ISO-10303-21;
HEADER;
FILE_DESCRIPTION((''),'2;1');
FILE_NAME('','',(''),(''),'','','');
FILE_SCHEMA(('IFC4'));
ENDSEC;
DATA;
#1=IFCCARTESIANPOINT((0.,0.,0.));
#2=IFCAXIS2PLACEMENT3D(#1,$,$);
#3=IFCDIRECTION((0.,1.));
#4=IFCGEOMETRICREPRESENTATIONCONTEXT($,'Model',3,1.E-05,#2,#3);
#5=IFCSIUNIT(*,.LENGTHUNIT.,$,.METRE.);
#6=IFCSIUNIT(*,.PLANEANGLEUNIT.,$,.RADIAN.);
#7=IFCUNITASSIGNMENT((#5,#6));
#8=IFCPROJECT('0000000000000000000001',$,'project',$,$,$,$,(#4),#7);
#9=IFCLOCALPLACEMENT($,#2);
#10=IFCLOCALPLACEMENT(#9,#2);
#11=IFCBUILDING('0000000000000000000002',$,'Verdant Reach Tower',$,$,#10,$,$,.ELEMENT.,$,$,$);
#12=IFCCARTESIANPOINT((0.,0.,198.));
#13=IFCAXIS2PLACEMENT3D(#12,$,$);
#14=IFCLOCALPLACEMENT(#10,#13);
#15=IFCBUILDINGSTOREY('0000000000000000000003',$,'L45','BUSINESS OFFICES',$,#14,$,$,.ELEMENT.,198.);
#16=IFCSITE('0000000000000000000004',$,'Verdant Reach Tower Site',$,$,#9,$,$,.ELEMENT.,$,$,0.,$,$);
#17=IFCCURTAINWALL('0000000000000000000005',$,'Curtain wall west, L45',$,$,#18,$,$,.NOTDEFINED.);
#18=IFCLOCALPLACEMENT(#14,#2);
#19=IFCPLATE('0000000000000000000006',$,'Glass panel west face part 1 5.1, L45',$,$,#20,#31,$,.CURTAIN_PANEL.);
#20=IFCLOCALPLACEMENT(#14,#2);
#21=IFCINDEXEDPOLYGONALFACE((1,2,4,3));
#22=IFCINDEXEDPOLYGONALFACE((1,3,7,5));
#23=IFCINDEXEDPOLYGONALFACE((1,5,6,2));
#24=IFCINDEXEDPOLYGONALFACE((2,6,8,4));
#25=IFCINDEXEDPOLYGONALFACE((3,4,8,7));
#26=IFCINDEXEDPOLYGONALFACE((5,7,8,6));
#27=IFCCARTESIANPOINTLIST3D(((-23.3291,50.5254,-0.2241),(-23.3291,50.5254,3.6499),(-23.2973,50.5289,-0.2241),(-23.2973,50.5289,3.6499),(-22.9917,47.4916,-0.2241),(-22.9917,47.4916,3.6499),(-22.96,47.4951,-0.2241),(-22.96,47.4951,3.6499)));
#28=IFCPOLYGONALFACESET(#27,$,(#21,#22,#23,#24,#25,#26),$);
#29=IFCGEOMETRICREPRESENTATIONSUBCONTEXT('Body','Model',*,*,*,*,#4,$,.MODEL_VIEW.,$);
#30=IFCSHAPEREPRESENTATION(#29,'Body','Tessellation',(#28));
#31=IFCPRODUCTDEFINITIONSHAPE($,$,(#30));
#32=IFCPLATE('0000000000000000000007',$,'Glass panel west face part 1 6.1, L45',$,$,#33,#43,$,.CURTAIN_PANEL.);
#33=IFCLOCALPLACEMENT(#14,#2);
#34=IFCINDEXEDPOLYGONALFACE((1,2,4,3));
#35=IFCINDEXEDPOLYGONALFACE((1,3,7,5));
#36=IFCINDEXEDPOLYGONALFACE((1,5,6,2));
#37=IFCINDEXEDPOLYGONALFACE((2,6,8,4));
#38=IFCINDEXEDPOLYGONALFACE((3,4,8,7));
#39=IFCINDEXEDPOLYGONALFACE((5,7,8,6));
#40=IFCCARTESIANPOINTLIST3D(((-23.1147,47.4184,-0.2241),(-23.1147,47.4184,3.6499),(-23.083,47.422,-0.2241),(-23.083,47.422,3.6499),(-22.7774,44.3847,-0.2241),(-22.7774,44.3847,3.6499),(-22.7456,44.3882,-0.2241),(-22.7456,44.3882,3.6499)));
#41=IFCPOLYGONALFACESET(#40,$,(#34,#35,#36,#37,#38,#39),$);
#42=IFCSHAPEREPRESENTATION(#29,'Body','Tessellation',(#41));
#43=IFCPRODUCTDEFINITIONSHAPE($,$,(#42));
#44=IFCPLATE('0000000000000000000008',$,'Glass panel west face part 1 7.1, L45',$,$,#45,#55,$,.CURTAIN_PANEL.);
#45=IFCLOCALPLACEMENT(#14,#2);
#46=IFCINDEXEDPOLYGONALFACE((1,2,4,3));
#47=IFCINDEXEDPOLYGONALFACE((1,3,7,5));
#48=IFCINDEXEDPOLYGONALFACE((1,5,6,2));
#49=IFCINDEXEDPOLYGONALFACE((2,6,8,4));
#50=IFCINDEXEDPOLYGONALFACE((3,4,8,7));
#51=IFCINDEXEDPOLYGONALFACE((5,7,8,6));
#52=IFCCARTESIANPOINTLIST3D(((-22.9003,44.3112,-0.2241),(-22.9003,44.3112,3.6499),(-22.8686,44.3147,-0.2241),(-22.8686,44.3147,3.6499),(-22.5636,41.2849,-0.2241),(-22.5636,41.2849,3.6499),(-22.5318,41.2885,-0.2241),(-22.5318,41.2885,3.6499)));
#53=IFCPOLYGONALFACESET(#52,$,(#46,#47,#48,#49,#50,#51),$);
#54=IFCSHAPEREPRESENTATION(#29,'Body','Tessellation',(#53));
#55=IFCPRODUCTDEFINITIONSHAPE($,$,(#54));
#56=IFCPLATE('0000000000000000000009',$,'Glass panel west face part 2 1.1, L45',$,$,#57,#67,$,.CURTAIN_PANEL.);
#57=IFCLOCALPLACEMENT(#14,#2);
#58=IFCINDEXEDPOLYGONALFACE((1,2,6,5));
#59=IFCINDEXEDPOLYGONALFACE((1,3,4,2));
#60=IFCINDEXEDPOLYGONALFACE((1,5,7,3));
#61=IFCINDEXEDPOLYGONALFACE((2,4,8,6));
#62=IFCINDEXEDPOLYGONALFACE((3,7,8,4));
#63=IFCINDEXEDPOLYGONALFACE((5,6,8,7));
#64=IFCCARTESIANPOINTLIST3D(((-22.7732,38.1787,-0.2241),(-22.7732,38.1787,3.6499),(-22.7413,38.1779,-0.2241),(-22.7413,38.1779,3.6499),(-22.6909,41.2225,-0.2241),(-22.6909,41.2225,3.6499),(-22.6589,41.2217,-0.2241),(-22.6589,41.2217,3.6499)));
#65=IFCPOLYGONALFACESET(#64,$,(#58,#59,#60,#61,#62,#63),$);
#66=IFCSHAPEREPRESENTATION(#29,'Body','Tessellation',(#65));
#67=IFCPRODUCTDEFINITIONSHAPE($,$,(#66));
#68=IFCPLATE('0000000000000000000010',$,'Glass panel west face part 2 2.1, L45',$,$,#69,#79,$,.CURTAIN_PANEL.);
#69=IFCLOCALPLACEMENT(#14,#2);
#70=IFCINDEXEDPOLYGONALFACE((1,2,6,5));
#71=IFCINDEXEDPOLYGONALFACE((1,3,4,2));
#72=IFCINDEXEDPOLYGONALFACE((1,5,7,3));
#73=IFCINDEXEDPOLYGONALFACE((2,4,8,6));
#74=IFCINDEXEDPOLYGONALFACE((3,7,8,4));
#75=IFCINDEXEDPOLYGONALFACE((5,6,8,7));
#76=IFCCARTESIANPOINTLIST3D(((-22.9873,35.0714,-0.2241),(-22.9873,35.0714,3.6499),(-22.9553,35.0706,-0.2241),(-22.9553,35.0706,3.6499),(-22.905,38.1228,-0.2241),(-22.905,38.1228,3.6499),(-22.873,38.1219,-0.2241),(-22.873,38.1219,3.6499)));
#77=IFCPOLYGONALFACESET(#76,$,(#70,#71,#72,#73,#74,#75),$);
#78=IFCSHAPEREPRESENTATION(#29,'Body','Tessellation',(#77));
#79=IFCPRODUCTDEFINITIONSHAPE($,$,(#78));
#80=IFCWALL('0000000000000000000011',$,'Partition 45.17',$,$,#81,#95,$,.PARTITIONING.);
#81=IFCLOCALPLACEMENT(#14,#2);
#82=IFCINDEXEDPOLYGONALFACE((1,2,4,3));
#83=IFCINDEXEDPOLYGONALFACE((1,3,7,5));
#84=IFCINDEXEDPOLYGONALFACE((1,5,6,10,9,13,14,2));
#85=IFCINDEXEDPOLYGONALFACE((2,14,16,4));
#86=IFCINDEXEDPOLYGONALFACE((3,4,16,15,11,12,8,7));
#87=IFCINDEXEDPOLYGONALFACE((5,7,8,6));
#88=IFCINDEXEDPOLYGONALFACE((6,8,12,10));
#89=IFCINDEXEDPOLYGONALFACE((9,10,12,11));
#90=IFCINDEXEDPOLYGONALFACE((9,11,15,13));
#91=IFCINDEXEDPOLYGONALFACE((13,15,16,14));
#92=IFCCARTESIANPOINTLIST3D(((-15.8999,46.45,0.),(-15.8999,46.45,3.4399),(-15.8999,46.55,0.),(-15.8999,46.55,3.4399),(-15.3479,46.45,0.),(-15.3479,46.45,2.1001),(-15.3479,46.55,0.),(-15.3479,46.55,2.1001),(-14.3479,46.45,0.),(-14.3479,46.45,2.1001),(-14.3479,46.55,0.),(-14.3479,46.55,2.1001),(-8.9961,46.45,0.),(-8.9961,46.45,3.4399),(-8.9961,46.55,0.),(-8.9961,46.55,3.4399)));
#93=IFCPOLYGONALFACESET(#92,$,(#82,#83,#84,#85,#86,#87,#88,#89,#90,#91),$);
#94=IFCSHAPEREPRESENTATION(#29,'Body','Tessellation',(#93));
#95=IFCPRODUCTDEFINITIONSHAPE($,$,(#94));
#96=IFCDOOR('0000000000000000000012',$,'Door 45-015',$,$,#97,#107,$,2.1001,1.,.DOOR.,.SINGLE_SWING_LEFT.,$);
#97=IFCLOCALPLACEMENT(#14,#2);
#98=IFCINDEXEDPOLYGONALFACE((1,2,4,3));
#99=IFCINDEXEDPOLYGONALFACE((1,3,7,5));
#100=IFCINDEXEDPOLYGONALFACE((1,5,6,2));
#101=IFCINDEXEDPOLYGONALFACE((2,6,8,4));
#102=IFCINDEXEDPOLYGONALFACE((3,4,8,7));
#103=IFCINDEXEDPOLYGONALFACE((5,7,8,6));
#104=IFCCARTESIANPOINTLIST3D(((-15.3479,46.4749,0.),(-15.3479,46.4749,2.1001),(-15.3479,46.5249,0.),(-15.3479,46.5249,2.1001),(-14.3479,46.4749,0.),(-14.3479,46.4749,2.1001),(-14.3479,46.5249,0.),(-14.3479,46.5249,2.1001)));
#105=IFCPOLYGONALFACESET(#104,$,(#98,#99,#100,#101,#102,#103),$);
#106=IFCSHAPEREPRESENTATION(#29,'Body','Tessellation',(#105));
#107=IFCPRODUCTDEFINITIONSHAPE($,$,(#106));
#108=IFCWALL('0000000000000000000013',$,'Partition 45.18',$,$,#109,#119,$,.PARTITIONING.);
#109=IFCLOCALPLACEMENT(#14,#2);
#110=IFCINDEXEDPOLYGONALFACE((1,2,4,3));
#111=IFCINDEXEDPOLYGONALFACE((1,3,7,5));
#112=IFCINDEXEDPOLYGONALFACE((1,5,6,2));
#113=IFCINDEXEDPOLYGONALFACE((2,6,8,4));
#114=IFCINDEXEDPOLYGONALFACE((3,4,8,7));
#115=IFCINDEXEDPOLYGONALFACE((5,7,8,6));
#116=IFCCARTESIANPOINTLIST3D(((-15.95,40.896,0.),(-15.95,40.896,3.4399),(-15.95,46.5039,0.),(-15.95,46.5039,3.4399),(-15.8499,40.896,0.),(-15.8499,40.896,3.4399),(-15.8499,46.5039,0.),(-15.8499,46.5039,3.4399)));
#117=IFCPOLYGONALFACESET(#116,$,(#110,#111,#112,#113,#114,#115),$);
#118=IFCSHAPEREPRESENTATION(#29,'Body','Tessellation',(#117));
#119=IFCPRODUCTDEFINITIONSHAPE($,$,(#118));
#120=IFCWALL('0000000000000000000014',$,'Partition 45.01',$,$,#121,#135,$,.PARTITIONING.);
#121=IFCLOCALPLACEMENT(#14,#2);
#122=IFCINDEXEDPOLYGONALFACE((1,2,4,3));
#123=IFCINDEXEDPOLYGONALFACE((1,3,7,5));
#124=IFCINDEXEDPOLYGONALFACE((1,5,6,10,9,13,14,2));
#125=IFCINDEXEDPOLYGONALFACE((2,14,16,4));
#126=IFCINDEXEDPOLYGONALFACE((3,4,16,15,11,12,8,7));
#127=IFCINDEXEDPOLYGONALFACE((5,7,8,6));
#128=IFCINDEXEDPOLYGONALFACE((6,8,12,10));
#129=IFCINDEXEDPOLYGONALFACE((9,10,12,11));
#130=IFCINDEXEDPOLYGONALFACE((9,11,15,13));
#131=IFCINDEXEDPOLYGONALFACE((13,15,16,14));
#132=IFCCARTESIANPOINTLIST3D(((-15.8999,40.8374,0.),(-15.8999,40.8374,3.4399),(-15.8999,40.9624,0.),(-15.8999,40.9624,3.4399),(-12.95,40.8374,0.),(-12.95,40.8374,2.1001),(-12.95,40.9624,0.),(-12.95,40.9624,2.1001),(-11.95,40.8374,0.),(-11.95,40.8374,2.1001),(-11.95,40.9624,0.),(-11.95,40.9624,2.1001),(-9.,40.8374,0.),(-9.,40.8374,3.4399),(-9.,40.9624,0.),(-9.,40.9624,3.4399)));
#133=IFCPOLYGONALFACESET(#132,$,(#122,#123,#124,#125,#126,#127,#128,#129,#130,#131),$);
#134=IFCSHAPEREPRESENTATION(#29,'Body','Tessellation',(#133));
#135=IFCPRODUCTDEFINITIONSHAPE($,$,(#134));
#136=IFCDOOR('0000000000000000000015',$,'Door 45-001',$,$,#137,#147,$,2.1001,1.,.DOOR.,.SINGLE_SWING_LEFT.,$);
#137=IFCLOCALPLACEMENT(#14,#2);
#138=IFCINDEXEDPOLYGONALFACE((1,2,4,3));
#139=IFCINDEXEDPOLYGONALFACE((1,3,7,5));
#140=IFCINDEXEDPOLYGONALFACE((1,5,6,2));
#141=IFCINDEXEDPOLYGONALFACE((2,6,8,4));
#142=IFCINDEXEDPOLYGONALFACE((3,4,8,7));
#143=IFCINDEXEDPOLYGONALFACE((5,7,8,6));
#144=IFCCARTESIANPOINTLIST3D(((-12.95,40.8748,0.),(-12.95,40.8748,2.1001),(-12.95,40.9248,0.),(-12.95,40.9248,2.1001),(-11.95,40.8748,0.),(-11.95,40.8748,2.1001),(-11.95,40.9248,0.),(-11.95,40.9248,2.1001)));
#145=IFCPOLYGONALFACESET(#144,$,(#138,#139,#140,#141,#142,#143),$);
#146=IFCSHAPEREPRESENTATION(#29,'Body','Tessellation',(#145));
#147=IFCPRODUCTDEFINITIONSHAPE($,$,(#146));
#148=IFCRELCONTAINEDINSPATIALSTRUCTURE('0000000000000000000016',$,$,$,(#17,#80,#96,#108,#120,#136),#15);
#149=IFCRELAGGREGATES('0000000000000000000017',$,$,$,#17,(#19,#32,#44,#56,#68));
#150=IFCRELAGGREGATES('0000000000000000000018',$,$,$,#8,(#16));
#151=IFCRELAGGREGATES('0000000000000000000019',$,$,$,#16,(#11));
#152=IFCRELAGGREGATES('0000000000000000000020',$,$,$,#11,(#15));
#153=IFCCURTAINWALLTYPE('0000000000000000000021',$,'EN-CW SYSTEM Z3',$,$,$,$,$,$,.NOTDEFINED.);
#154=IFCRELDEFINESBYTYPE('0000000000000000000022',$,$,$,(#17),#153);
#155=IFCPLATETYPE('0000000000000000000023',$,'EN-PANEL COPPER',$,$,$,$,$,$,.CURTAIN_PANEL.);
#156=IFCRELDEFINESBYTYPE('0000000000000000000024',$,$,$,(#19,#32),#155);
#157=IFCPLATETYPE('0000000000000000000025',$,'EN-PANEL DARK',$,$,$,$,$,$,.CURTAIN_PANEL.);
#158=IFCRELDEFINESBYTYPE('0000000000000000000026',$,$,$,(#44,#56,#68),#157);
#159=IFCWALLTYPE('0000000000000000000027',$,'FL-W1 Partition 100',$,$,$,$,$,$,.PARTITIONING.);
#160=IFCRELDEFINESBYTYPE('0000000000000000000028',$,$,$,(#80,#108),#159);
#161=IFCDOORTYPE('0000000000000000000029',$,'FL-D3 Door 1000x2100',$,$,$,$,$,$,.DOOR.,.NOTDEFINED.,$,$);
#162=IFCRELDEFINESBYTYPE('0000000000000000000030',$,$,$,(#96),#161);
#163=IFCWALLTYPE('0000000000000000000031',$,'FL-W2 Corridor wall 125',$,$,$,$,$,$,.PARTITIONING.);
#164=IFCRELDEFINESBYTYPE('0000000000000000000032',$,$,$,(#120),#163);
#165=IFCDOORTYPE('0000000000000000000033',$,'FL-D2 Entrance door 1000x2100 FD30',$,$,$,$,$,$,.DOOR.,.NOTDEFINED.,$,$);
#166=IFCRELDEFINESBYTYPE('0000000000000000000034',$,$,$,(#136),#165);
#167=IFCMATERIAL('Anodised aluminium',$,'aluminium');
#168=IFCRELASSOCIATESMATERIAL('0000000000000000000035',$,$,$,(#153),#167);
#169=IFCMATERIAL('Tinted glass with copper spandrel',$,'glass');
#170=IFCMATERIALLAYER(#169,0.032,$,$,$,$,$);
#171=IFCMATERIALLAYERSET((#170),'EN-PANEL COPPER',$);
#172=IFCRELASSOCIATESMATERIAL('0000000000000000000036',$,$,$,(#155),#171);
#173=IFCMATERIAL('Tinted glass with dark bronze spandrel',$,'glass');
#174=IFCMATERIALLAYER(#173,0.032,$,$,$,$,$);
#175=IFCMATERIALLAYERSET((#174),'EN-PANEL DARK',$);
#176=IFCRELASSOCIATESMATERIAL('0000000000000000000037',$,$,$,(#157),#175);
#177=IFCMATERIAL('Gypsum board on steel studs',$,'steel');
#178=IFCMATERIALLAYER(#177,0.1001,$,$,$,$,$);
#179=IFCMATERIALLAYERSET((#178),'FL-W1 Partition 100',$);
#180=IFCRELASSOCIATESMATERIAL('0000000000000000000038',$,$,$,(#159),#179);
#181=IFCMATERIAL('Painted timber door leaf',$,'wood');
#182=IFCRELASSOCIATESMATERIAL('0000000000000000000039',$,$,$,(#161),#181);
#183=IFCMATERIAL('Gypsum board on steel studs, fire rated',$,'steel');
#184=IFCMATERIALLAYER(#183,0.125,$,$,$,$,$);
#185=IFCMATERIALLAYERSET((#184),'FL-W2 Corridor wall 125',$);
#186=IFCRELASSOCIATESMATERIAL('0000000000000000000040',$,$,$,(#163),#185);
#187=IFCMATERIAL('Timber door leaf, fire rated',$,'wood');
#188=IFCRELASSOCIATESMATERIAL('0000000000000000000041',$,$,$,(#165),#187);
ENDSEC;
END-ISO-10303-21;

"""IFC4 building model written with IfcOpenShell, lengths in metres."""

from ifc_helpers import new_model, si_unit, direction, frame, frame_2d, origin, origin_2d, place, context, subcontext, project, spatial, rectangle, extrude, material, layer, layer_set, type_object, element, fill, aggregate, save


model = new_model("IFC4")

# Units and contexts
model_context = context("Model", 3, precision=1e-05, world=origin(), true_north=direction((0.0, 1.0)))
body_context = subcontext(model_context, "Body", "Model", "MODEL_VIEW")
ifc_project = project(units=[si_unit("LENGTHUNIT", "METRE"), si_unit("PLANEANGLEUNIT", "RADIAN")], contexts=[model_context])

# Site, building, storey
site_placement = place(None, origin())
site = spatial("IfcSite", under=ifc_project, at=site_placement, Name="Verdant Reach Tower Site", CompositionType="ELEMENT", RefElevation=0.0)
building_placement = place(site_placement, origin())
building = spatial("IfcBuilding", under=site, at=building_placement, Name="Verdant Reach Tower", CompositionType="ELEMENT")
storey_placement = place(building_placement, frame((0.0, 0.0, 198.0)))
storey = spatial("IfcBuildingStorey", under=building, at=storey_placement, Name="L45", Description="BUSINESS OFFICES", CompositionType="ELEMENT", Elevation=198.0)

# Curtain wall
ifc_material_1 = material(Name="Anodised aluminium", Category="aluminium")
curtain_wall_type = type_object("IfcCurtainWallType", Name="EN-CW SYSTEM Z3", PredefinedType="NOTDEFINED", material=ifc_material_1)
curtain_wall_placement = place(storey_placement, origin())
curtain_wall = element("IfcCurtainWall", 1, at=curtain_wall_placement, inside=storey, type_object=curtain_wall_type, Name="Curtain wall west, L45", PredefinedType="NOTDEFINED")

# Plates
ifc_material_2 = material(Name="Tinted glass with copper spandrel", Category="glass")
ifc_layer_1 = layer(ifc_material_2, 0.032)
ifc_layer_set_1 = layer_set([ifc_layer_1], Name="EN-PANEL COPPER")
plate_type_1 = type_object("IfcPlateType", Name="EN-PANEL COPPER", PredefinedType="CURTAIN_PANEL", material=ifc_layer_set_1)
plate_1_placement = place(storey_placement, frame((-23.1445, 49.0103, -0.2241), z_axis=(0.0, 0.0, 1.0), x_axis=(0.110518, -0.993874, 0.0)))
plate_1 = element("IfcPlate", 2, at=plate_1_placement, type_object=plate_type_1, Name="Glass panel west face part 1 5.1, L45", PredefinedType="CURTAIN_PANEL", context=body_context, shape_type="SweptSolid", body=[
    extrude(rectangle(XDim=3.0525, YDim=0.032, at=origin_2d()), origin(), (0.0, 0.0, 1.0), 3.874),
])
plate_2_placement = place(storey_placement, frame((-22.9302, 45.9033, -0.2241), z_axis=(0.0, 0.0, 1.0), x_axis=(0.110518, -0.993874, 0.0)))
plate_2 = element("IfcPlate", 3, at=plate_2_placement, type_object=plate_type_1, Name="Glass panel west face part 1 6.1, L45", PredefinedType="CURTAIN_PANEL", context=body_context, shape_type="SweptSolid", body=[
    extrude(rectangle(XDim=3.0525, YDim=0.032, at=origin_2d()), origin(), (0.0, 0.0, 1.0), 3.874),
])
ifc_material_3 = material(Name="Tinted glass with dark bronze spandrel", Category="glass")
ifc_layer_2 = layer(ifc_material_3, 0.032)
ifc_layer_set_2 = layer_set([ifc_layer_2], Name="EN-PANEL DARK")
plate_type_2 = type_object("IfcPlateType", Name="EN-PANEL DARK", PredefinedType="CURTAIN_PANEL", material=ifc_layer_set_2)
plate_3_placement = place(storey_placement, frame((-22.7161, 42.7998, -0.2241), z_axis=(0.0, 0.0, 1.0), x_axis=(0.110601, -0.993865, 0.0)))
plate_3 = element("IfcPlate", 4, at=plate_3_placement, type_object=plate_type_2, Name="Glass panel west face part 1 7.1, L45", PredefinedType="CURTAIN_PANEL", context=body_context, shape_type="SweptSolid", body=[
    extrude(rectangle(XDim=3.0449, YDim=0.032, at=origin_2d()), origin(), (0.0, 0.0, 1.0), 3.874),
])
plate_4_placement = place(storey_placement, frame((-22.7161, 39.7002, -0.2241), z_axis=(0.0, 0.0, 1.0), x_axis=(-0.027048, -0.999634, 0.0)))
plate_4 = element("IfcPlate", 5, at=plate_4_placement, type_object=plate_type_2, Name="Glass panel west face part 2 1.1, L45", PredefinedType="CURTAIN_PANEL", context=body_context, shape_type="SweptSolid", body=[
    extrude(rectangle(XDim=3.0449, YDim=0.032, at=origin_2d()), origin(), (0.0, 0.0, 1.0), 3.874),
])
plate_5_placement = place(storey_placement, frame((-22.9302, 36.5967, -0.2241), z_axis=(0.0, 0.0, 1.0), x_axis=(-0.026965, -0.999636, 0.0)))
plate_5 = element("IfcPlate", 6, at=plate_5_placement, type_object=plate_type_2, Name="Glass panel west face part 2 2.1, L45", PredefinedType="CURTAIN_PANEL", context=body_context, shape_type="SweptSolid", body=[
    extrude(rectangle(XDim=3.0525, YDim=0.032, at=origin_2d()), origin(), (0.0, 0.0, 1.0), 3.874),
])
aggregate(curtain_wall, [plate_1, plate_2, plate_3, plate_4, plate_5])

# Wall, opening, door
ifc_material_4 = material(Name="Gypsum board on steel studs", Category="steel")
ifc_layer_3 = layer(ifc_material_4, 0.1001)
ifc_layer_set_3 = layer_set([ifc_layer_3], Name="FL-W1 Partition 100")
wall_type_1 = type_object("IfcWallType", Name="FL-W1 Partition 100", PredefinedType="PARTITIONING", material=ifc_layer_set_3)
wall_1_placement = place(storey_placement, frame((-15.8999, 46.5, 0.0), z_axis=(0.0, 0.0, 1.0), x_axis=(1.0, 0.0, 0.0)))
wall_1 = element("IfcWall", 7, at=wall_1_placement, inside=storey, type_object=wall_type_1, Name="Partition 45.17", PredefinedType="PARTITIONING", context=body_context, shape_type="SweptSolid", body=[
    extrude(rectangle(XDim=6.9038, YDim=0.1001, at=frame_2d((3.4519, 0.0))), origin(), (0.0, 0.0, 1.0), 3.4399),
])
opening_1_placement = place(wall_1_placement, frame((0.552, 0.0, 0.0)))
opening_1 = element("IfcOpeningElement", 8, at=opening_1_placement, cuts=wall_1, PredefinedType="OPENING", context=body_context, shape_type="SweptSolid", body=[
    extrude(rectangle(XDim=1.0, YDim=2.1001, at=frame_2d((0.5, 1.05))), frame((0.0, 0.0601, 0.0), z_axis=(0.0, -1.0, 0.0), x_axis=(1.0, 0.0, 0.0)), (0.0, 0.0, 1.0), 0.1201),
])
ifc_material_5 = material(Name="Painted timber door leaf", Category="wood")
door_type_1 = type_object("IfcDoorType", Name="FL-D3 Door 1000x2100", OperationType="NOTDEFINED", PredefinedType="DOOR", material=ifc_material_5)
door_1_placement = place(opening_1_placement, origin())
door_1 = element("IfcDoor", 9, at=door_1_placement, inside=storey, type_object=door_type_1, Name="Door 45-015", OperationType="SINGLE_SWING_LEFT", OverallHeight=2.1001, OverallWidth=1.0, PredefinedType="DOOR", context=body_context, shape_type="SweptSolid", body=[
    extrude(rectangle(XDim=1.0, YDim=2.1001, at=frame_2d((0.5, 1.05))), frame((0.0, 0.0249, 0.0), z_axis=(0.0, -1.0, 0.0), x_axis=(1.0, 0.0, 0.0)), (0.0, 0.0, 1.0), 0.05),
])
fill(opening_1, door_1)

# Wall
wall_2_placement = place(storey_placement, frame((-15.8999, 46.5039, 0.0), z_axis=(0.0, 0.0, 1.0), x_axis=(0.0, -1.0, 0.0)))
element("IfcWall", 10, at=wall_2_placement, inside=storey, type_object=wall_type_1, Name="Partition 45.18", PredefinedType="PARTITIONING", context=body_context, shape_type="SweptSolid", body=[
    extrude(rectangle(XDim=5.6079, YDim=0.1001, at=frame_2d((2.804, 0.0))), origin(), (0.0, 0.0, 1.0), 3.4399),
])

# Wall, opening, door
ifc_material_6 = material(Name="Gypsum board on steel studs, fire rated", Category="steel")
ifc_layer_4 = layer(ifc_material_6, 0.125)
ifc_layer_set_4 = layer_set([ifc_layer_4], Name="FL-W2 Corridor wall 125")
wall_type_2 = type_object("IfcWallType", Name="FL-W2 Corridor wall 125", PredefinedType="PARTITIONING", material=ifc_layer_set_4)
wall_3_placement = place(storey_placement, frame((-15.8999, 40.8999, 0.0), z_axis=(0.0, 0.0, 1.0), x_axis=(1.0, 0.0, 0.0)))
wall_3 = element("IfcWall", 11, at=wall_3_placement, inside=storey, type_object=wall_type_2, Name="Partition 45.01", PredefinedType="PARTITIONING", context=body_context, shape_type="SweptSolid", body=[
    extrude(rectangle(XDim=6.8999, YDim=0.125, at=frame_2d((3.45, 0.0))), origin(), (0.0, 0.0, 1.0), 3.4399),
])
opening_2_placement = place(wall_3_placement, frame((2.95, 0.0, 0.0)))
opening_2 = element("IfcOpeningElement", 12, at=opening_2_placement, cuts=wall_3, PredefinedType="OPENING", context=body_context, shape_type="SweptSolid", body=[
    extrude(rectangle(XDim=1.0, YDim=2.1001, at=frame_2d((0.5, 1.05))), frame((0.0, 0.0725, 0.0), z_axis=(0.0, -1.0, 0.0), x_axis=(1.0, 0.0, 0.0)), (0.0, 0.0, 1.0), 0.145),
])
ifc_material_7 = material(Name="Timber door leaf, fire rated", Category="wood")
door_type_2 = type_object("IfcDoorType", Name="FL-D2 Entrance door 1000x2100 FD30", OperationType="NOTDEFINED", PredefinedType="DOOR", material=ifc_material_7)
door_2_placement = place(opening_2_placement, origin())
door_2 = element("IfcDoor", 13, at=door_2_placement, inside=storey, type_object=door_type_2, Name="Door 45-001", OperationType="SINGLE_SWING_LEFT", OverallHeight=2.1001, OverallWidth=1.0, PredefinedType="DOOR", context=body_context, shape_type="SweptSolid", body=[
    extrude(rectangle(XDim=1.0, YDim=2.1001, at=frame_2d((0.5, 1.05))), frame((0.0, 0.0249, 0.0), z_axis=(0.0, -1.0, 0.0), x_axis=(1.0, 0.0, 0.0)), (0.0, 0.0, 1.0), 0.05),
])
fill(opening_2, door_2)

save(model, "model.ifc")
